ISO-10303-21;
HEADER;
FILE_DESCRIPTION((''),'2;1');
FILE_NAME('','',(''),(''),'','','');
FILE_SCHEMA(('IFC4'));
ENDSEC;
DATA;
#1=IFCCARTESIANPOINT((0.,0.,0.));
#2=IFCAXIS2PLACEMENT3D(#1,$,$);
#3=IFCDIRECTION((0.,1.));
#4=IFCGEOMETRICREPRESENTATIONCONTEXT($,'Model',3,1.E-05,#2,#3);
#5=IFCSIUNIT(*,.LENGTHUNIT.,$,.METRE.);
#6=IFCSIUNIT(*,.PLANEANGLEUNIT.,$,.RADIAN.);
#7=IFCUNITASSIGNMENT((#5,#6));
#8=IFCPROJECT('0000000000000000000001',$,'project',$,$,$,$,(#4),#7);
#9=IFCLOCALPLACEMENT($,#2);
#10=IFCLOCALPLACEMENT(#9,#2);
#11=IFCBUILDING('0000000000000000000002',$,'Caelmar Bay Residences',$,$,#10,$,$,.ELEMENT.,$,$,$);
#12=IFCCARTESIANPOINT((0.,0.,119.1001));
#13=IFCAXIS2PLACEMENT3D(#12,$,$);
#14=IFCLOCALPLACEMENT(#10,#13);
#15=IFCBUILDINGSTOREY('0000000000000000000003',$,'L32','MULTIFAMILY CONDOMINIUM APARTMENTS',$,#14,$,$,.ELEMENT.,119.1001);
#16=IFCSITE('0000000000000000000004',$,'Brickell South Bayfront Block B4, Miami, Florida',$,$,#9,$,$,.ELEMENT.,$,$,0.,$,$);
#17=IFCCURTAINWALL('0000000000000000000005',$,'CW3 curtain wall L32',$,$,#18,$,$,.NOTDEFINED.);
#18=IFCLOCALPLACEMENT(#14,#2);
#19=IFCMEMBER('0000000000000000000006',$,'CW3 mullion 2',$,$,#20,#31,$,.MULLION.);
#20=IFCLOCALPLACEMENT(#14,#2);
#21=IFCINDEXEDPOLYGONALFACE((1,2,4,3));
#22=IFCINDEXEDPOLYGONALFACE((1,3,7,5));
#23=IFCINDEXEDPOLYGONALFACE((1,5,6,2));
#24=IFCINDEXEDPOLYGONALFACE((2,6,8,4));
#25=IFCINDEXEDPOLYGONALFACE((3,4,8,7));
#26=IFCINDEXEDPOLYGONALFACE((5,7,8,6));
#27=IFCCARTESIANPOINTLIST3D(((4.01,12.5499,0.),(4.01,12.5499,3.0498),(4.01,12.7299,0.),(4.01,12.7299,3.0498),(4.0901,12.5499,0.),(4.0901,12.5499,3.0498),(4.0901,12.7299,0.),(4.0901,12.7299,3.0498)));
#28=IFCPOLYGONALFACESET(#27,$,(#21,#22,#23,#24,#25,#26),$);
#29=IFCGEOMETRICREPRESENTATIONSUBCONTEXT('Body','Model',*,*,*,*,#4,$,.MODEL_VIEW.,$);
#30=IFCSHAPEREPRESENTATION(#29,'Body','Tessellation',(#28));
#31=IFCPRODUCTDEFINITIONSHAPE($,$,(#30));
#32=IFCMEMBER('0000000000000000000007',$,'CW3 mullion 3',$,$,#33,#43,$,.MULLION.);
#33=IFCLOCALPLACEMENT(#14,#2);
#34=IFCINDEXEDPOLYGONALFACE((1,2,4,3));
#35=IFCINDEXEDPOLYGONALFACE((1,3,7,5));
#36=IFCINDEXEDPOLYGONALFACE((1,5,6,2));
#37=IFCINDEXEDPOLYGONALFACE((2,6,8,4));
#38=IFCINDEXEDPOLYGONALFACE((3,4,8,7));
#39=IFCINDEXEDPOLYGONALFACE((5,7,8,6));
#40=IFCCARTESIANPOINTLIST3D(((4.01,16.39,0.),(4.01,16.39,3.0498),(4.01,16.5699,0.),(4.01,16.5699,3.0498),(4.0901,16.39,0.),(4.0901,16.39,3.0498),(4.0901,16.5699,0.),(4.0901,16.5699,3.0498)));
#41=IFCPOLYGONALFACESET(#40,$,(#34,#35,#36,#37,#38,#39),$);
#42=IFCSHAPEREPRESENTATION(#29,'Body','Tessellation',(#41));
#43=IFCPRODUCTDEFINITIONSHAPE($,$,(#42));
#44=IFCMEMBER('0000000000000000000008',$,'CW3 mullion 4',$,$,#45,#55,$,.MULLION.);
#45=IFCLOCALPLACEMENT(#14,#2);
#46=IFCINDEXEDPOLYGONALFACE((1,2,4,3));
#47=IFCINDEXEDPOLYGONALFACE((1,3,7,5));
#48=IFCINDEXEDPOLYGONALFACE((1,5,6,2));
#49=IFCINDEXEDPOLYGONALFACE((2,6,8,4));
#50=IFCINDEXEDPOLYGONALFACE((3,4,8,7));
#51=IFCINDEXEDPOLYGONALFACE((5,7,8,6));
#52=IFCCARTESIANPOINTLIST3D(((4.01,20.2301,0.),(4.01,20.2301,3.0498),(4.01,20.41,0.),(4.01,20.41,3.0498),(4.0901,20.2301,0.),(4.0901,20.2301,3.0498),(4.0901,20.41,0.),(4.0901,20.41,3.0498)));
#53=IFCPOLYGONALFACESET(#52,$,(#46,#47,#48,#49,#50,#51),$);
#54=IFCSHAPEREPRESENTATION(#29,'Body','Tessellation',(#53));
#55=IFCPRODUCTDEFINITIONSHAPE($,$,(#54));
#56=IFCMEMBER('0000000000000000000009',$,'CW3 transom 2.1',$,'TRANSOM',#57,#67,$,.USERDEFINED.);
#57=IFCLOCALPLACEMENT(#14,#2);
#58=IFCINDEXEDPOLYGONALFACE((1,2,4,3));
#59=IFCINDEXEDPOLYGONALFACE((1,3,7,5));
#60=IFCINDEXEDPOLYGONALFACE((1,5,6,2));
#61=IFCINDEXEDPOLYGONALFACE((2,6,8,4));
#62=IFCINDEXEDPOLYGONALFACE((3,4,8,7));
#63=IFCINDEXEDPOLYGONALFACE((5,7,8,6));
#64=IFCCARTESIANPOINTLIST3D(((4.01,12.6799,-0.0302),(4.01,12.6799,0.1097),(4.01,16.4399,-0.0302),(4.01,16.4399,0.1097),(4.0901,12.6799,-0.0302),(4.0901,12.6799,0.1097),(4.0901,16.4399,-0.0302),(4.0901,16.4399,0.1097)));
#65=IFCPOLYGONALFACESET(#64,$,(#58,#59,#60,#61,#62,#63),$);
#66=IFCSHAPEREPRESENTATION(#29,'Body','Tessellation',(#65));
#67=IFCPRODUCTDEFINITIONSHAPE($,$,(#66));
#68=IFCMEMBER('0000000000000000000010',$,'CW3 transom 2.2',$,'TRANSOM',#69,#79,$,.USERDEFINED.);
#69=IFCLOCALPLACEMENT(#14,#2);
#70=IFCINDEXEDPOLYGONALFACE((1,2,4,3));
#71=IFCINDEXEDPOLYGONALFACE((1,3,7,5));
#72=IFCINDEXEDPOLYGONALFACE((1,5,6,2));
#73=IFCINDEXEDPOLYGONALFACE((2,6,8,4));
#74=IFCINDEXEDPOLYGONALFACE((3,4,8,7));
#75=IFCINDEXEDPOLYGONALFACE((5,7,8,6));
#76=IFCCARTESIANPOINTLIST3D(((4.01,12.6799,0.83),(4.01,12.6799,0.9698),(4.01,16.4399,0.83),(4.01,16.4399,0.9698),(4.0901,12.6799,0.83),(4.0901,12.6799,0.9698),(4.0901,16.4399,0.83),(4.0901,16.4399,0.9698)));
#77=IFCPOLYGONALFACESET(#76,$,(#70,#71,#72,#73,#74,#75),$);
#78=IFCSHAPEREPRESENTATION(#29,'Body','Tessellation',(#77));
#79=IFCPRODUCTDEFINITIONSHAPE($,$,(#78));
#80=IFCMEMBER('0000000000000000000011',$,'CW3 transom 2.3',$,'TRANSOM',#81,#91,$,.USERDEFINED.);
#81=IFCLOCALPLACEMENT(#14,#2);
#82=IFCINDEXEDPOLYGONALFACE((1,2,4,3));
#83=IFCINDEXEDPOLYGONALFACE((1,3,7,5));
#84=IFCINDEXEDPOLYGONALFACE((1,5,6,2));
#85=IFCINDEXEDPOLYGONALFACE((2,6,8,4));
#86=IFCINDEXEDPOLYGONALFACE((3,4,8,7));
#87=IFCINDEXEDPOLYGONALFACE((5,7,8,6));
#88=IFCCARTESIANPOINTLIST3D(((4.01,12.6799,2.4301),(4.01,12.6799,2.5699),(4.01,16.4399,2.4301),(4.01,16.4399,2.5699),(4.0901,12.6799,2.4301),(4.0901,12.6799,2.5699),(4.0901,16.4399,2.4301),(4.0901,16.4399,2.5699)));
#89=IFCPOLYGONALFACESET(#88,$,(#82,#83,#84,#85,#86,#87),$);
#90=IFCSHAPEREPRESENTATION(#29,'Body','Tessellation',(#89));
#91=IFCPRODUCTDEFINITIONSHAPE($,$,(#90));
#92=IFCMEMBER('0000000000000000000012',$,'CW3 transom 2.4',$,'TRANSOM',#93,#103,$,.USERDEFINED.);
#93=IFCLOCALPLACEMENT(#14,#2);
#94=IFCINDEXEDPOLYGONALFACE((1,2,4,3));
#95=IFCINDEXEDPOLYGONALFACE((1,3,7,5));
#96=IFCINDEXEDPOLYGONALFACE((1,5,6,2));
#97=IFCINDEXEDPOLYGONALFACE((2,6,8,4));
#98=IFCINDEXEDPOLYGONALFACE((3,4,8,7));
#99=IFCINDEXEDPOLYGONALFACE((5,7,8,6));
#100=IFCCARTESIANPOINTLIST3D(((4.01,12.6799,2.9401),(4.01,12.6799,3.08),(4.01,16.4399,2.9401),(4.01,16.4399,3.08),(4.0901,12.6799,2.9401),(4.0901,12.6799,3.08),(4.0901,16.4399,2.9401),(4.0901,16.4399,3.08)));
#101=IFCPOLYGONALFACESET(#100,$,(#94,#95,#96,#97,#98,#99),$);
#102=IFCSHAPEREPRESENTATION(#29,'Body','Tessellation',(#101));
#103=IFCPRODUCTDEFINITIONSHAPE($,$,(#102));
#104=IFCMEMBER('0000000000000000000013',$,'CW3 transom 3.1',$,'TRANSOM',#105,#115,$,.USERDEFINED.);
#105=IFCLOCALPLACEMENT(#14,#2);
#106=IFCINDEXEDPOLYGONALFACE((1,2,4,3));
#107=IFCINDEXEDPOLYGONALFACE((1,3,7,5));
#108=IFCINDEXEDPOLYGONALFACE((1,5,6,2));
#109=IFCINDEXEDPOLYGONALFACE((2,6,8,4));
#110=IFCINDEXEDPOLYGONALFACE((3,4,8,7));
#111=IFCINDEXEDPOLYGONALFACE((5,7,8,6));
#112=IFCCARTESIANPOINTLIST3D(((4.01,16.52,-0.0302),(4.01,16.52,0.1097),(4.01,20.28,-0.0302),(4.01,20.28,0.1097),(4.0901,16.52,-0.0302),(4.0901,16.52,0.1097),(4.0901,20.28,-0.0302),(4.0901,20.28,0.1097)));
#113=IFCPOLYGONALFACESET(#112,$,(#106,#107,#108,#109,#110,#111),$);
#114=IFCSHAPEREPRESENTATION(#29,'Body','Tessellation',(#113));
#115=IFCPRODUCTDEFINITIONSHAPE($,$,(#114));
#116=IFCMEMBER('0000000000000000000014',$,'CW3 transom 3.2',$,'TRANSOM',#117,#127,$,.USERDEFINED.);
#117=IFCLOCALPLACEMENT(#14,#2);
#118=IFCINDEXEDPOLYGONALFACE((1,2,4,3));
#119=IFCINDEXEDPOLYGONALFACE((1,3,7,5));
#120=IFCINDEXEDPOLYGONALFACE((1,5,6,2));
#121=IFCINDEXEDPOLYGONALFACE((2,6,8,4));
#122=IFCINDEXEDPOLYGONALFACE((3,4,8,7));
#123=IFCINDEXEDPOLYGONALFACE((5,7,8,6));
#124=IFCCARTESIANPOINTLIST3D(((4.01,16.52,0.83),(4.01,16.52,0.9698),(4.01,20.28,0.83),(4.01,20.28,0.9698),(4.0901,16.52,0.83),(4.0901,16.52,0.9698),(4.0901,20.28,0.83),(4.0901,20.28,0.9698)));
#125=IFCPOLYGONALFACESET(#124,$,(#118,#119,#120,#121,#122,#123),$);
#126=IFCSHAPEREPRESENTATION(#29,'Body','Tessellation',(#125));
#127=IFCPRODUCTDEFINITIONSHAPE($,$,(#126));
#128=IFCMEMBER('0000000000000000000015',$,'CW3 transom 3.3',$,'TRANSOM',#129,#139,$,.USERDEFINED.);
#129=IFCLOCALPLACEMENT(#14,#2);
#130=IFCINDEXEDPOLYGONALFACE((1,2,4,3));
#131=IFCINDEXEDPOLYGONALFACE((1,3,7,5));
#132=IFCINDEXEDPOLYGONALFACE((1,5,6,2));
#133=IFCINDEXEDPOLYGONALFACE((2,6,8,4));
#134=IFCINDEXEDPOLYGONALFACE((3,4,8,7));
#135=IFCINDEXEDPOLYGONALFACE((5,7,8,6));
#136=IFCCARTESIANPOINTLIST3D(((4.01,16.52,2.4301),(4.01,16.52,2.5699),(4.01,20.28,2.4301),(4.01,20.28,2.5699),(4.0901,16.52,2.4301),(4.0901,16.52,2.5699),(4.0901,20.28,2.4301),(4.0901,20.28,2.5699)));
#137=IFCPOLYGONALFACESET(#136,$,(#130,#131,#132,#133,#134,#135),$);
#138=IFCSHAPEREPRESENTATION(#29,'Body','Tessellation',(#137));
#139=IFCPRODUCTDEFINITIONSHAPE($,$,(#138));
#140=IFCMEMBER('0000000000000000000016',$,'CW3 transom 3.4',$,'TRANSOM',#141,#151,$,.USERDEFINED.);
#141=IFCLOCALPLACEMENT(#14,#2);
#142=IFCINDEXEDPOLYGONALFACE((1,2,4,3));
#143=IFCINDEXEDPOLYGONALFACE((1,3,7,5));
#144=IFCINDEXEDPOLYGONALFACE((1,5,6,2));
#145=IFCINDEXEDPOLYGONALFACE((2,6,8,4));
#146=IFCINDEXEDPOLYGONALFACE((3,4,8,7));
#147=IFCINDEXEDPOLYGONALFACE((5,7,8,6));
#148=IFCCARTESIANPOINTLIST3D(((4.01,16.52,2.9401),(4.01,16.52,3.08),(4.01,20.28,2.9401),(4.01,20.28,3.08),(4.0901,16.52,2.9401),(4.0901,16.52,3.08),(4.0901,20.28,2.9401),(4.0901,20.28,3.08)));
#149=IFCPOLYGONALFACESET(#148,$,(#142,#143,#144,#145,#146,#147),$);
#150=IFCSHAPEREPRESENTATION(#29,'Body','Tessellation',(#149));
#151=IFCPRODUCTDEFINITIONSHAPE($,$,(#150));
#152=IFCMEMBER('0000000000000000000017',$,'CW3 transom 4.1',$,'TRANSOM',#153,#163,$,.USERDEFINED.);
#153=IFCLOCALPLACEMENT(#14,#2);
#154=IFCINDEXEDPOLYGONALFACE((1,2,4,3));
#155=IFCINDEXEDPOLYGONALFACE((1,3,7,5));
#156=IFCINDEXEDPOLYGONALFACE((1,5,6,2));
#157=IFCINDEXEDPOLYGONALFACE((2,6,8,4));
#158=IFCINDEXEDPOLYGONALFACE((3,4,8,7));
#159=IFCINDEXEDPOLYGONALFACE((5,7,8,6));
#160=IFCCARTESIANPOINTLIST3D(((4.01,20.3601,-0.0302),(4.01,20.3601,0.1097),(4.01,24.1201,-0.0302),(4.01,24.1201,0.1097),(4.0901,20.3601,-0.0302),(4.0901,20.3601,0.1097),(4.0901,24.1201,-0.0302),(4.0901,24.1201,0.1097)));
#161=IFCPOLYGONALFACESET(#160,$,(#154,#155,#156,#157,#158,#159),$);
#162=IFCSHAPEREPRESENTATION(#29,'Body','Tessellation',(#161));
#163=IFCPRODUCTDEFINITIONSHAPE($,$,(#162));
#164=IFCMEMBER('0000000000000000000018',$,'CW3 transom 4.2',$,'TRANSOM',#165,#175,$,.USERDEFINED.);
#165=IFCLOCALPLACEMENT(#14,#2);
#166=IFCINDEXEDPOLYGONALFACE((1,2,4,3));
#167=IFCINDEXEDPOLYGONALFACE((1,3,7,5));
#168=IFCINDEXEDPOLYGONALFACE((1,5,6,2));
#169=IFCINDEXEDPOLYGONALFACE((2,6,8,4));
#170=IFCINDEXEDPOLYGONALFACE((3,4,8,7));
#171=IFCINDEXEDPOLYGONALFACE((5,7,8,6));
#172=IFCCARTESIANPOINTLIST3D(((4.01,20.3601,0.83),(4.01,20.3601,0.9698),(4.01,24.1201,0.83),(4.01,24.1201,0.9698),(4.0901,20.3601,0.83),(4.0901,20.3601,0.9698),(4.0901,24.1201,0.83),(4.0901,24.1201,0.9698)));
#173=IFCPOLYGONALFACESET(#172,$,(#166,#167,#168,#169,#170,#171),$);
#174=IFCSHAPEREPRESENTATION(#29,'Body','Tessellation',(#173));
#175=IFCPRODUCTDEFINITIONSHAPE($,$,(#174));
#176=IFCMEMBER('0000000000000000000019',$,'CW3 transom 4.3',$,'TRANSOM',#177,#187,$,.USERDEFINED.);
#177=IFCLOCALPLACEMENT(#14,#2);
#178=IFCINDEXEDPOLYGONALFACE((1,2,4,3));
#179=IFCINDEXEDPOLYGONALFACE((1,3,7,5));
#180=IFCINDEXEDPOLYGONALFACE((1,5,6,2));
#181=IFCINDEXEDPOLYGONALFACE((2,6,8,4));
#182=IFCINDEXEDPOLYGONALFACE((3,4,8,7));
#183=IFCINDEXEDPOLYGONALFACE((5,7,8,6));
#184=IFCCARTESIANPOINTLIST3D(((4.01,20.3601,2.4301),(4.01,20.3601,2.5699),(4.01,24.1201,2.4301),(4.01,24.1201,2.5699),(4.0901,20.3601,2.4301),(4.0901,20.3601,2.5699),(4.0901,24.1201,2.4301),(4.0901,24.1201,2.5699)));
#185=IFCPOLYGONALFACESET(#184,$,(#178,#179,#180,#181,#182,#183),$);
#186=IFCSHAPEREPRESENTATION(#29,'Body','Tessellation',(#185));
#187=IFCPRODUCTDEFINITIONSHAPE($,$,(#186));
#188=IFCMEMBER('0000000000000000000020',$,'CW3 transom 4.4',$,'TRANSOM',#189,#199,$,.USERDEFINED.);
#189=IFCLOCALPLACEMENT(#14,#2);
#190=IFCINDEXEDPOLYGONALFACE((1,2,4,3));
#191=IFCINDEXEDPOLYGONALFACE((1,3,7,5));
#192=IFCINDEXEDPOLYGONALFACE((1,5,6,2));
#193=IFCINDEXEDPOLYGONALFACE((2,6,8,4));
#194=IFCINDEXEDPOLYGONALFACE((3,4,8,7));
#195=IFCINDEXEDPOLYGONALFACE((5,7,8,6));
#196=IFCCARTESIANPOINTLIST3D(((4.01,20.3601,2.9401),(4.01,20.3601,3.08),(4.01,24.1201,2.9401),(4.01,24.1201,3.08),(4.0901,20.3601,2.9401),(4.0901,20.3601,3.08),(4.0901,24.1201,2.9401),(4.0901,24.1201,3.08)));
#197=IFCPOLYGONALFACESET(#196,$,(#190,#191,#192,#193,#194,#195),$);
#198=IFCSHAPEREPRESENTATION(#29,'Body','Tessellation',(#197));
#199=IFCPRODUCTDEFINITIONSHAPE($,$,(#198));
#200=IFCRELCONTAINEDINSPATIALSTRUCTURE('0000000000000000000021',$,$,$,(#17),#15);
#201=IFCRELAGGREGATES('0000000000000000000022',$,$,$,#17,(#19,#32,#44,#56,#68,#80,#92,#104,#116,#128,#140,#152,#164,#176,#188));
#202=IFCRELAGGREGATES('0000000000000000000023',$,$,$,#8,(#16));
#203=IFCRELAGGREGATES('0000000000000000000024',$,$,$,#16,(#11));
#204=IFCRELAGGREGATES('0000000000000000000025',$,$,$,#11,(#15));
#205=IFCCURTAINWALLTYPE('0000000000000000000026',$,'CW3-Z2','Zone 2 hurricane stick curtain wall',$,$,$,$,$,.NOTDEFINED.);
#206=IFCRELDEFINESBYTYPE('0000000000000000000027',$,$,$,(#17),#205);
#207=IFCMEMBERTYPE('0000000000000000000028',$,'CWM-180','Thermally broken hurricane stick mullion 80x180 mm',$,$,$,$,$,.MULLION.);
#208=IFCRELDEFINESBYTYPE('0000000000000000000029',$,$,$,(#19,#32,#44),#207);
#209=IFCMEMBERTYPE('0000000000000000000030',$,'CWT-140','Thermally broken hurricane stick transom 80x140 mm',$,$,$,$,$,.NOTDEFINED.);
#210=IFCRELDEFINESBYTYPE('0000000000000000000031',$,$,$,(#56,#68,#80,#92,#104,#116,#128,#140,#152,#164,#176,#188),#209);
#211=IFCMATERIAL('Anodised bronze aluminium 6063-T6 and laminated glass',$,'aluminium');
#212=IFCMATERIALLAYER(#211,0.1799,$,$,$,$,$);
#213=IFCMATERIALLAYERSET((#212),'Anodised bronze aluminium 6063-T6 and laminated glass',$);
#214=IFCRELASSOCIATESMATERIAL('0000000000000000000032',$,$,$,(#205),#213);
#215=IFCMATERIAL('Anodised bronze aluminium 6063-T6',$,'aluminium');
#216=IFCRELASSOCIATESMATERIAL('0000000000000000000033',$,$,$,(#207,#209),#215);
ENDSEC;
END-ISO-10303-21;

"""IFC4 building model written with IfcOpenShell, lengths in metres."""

from ifc_helpers import new_model, si_unit, direction, frame, origin, origin_2d, place, context, subcontext, project, spatial, rectangle, extrude, material, layer, layer_set, material_profile, profile_set, type_object, element, aggregate, save


model = new_model("IFC4")

# Units and contexts
model_context = context("Model", 3, precision=1e-05, world=origin(), true_north=direction((0.0, 1.0)))
body_context = subcontext(model_context, "Body", "Model", "MODEL_VIEW")
ifc_project = project(units=[si_unit("LENGTHUNIT", "METRE"), si_unit("PLANEANGLEUNIT", "RADIAN")], contexts=[model_context])

# Site, building, storey
site_placement = place(None, origin())
site = spatial("IfcSite", under=ifc_project, at=site_placement, Name="Brickell South Bayfront Block B4, Miami, Florida", CompositionType="ELEMENT", RefElevation=0.0)
building_placement = place(site_placement, origin())
building = spatial("IfcBuilding", under=site, at=building_placement, Name="Caelmar Bay Residences", CompositionType="ELEMENT")
storey_placement = place(building_placement, frame((0.0, 0.0, 119.1001)))
storey = spatial("IfcBuildingStorey", under=building, at=storey_placement, Name="L32", Description="MULTIFAMILY CONDOMINIUM APARTMENTS", CompositionType="ELEMENT", Elevation=119.1001)

# Curtain wall, members
ifc_material_1 = material(Name="Anodised bronze aluminium 6063-T6 and laminated glass", Category="aluminium")
ifc_layer_1 = layer(ifc_material_1, 0.1799)
ifc_layer_set_1 = layer_set([ifc_layer_1], Name="Anodised bronze aluminium 6063-T6 and laminated glass")
curtain_wall_type = type_object("IfcCurtainWallType", Name="CW3-Z2", Description="Zone 2 hurricane stick curtain wall", PredefinedType="NOTDEFINED", material=ifc_layer_set_1)
curtain_wall_placement = place(storey_placement, origin())
curtain_wall = element("IfcCurtainWall", 1, at=curtain_wall_placement, inside=storey, type_object=curtain_wall_type, Name="CW3 curtain wall L32", PredefinedType="NOTDEFINED")
ifc_material_2 = material(Name="Anodised bronze aluminium 6063-T6", Category="aluminium")
ifc_material_profile_1 = material_profile(ifc_material_2, rectangle(XDim=0.0801, YDim=0.1799, at=origin_2d()), Name="CWM-80X180")
ifc_profile_set_1 = profile_set([ifc_material_profile_1], Name="Anodised bronze aluminium 6063-T6")
member_type_1 = type_object("IfcMemberType", Name="CWM-180", Description="Thermally broken hurricane stick mullion 80x180 mm", PredefinedType="MULLION", material=ifc_profile_set_1)
member_1_placement = place(storey_placement, frame((4.05, 12.6399, 0.0), z_axis=(0.0, 0.0, 1.0), x_axis=(-1.0, 0.0, 0.0)))
member_1 = element("IfcMember", 2, at=member_1_placement, type_object=member_type_1, Name="CW3 mullion 2", PredefinedType="MULLION", context=body_context, shape_type="SweptSolid", body=[
    extrude(rectangle(XDim=0.0801, YDim=0.1799, at=origin_2d()), origin(), (0.0, 0.0, 1.0), 3.0498),
])
member_2_placement = place(storey_placement, frame((4.05, 16.48, 0.0), z_axis=(0.0, 0.0, 1.0), x_axis=(-1.0, 0.0, 0.0)))
member_2 = element("IfcMember", 3, at=member_2_placement, type_object=member_type_1, Name="CW3 mullion 3", PredefinedType="MULLION", context=body_context, shape_type="SweptSolid", body=[
    extrude(rectangle(XDim=0.0801, YDim=0.1799, at=origin_2d()), origin(), (0.0, 0.0, 1.0), 3.0498),
])
member_3_placement = place(storey_placement, frame((4.05, 20.3201, 0.0), z_axis=(0.0, 0.0, 1.0), x_axis=(-1.0, 0.0, 0.0)))
member_3 = element("IfcMember", 4, at=member_3_placement, type_object=member_type_1, Name="CW3 mullion 4", PredefinedType="MULLION", context=body_context, shape_type="SweptSolid", body=[
    extrude(rectangle(XDim=0.0801, YDim=0.1799, at=origin_2d()), origin(), (0.0, 0.0, 1.0), 3.0498),
])
ifc_material_profile_2 = material_profile(ifc_material_2, rectangle(XDim=0.0801, YDim=0.1399, at=origin_2d()), Name="CWT-80X140")
ifc_profile_set_2 = profile_set([ifc_material_profile_2], Name="Anodised bronze aluminium 6063-T6")
member_type_2 = type_object("IfcMemberType", Name="CWT-140", Description="Thermally broken hurricane stick transom 80x140 mm", PredefinedType="NOTDEFINED", material=ifc_profile_set_2)
member_4_placement = place(storey_placement, frame((4.05, 12.6799, 0.0398), z_axis=(0.0, 1.0, 0.0), x_axis=(-1.0, 0.0, 0.0)))
member_4 = element("IfcMember", 5, at=member_4_placement, type_object=member_type_2, Name="CW3 transom 2.1", ObjectType="TRANSOM", PredefinedType="USERDEFINED", context=body_context, shape_type="SweptSolid", body=[
    extrude(rectangle(XDim=0.0801, YDim=0.1399, at=origin_2d()), origin(), (0.0, 0.0, 1.0), 3.76),
])
member_5_placement = place(storey_placement, frame((4.05, 12.6799, 0.8999), z_axis=(0.0, 1.0, 0.0), x_axis=(-1.0, 0.0, 0.0)))
member_5 = element("IfcMember", 6, at=member_5_placement, type_object=member_type_2, Name="CW3 transom 2.2", ObjectType="TRANSOM", PredefinedType="USERDEFINED", context=body_context, shape_type="SweptSolid", body=[
    extrude(rectangle(XDim=0.0801, YDim=0.1399, at=origin_2d()), origin(), (0.0, 0.0, 1.0), 3.76),
])
member_6_placement = place(storey_placement, frame((4.05, 12.6799, 2.5), z_axis=(0.0, 1.0, 0.0), x_axis=(-1.0, 0.0, 0.0)))
member_6 = element("IfcMember", 7, at=member_6_placement, type_object=member_type_2, Name="CW3 transom 2.3", ObjectType="TRANSOM", PredefinedType="USERDEFINED", context=body_context, shape_type="SweptSolid", body=[
    extrude(rectangle(XDim=0.0801, YDim=0.1399, at=origin_2d()), origin(), (0.0, 0.0, 1.0), 3.76),
])
member_7_placement = place(storey_placement, frame((4.05, 12.6799, 3.01), z_axis=(0.0, 1.0, 0.0), x_axis=(-1.0, 0.0, 0.0)))
member_7 = element("IfcMember", 8, at=member_7_placement, type_object=member_type_2, Name="CW3 transom 2.4", ObjectType="TRANSOM", PredefinedType="USERDEFINED", context=body_context, shape_type="SweptSolid", body=[
    extrude(rectangle(XDim=0.0801, YDim=0.1399, at=origin_2d()), origin(), (0.0, 0.0, 1.0), 3.76),
])
member_8_placement = place(storey_placement, frame((4.05, 16.52, 0.0398), z_axis=(0.0, 1.0, 0.0), x_axis=(-1.0, 0.0, 0.0)))
member_8 = element("IfcMember", 9, at=member_8_placement, type_object=member_type_2, Name="CW3 transom 3.1", ObjectType="TRANSOM", PredefinedType="USERDEFINED", context=body_context, shape_type="SweptSolid", body=[
    extrude(rectangle(XDim=0.0801, YDim=0.1399, at=origin_2d()), origin(), (0.0, 0.0, 1.0), 3.76),
])
member_9_placement = place(storey_placement, frame((4.05, 16.52, 0.8999), z_axis=(0.0, 1.0, 0.0), x_axis=(-1.0, 0.0, 0.0)))
member_9 = element("IfcMember", 10, at=member_9_placement, type_object=member_type_2, Name="CW3 transom 3.2", ObjectType="TRANSOM", PredefinedType="USERDEFINED", context=body_context, shape_type="SweptSolid", body=[
    extrude(rectangle(XDim=0.0801, YDim=0.1399, at=origin_2d()), origin(), (0.0, 0.0, 1.0), 3.76),
])
member_10_placement = place(storey_placement, frame((4.05, 16.52, 2.5), z_axis=(0.0, 1.0, 0.0), x_axis=(-1.0, 0.0, 0.0)))
member_10 = element("IfcMember", 11, at=member_10_placement, type_object=member_type_2, Name="CW3 transom 3.3", ObjectType="TRANSOM", PredefinedType="USERDEFINED", context=body_context, shape_type="SweptSolid", body=[
    extrude(rectangle(XDim=0.0801, YDim=0.1399, at=origin_2d()), origin(), (0.0, 0.0, 1.0), 3.76),
])
member_11_placement = place(storey_placement, frame((4.05, 16.52, 3.01), z_axis=(0.0, 1.0, 0.0), x_axis=(-1.0, 0.0, 0.0)))
member_11 = element("IfcMember", 12, at=member_11_placement, type_object=member_type_2, Name="CW3 transom 3.4", ObjectType="TRANSOM", PredefinedType="USERDEFINED", context=body_context, shape_type="SweptSolid", body=[
    extrude(rectangle(XDim=0.0801, YDim=0.1399, at=origin_2d()), origin(), (0.0, 0.0, 1.0), 3.76),
])
member_12_placement = place(storey_placement, frame((4.05, 20.3601, 0.0398), z_axis=(0.0, 1.0, 0.0), x_axis=(-1.0, 0.0, 0.0)))
member_12 = element("IfcMember", 13, at=member_12_placement, type_object=member_type_2, Name="CW3 transom 4.1", ObjectType="TRANSOM", PredefinedType="USERDEFINED", context=body_context, shape_type="SweptSolid", body=[
    extrude(rectangle(XDim=0.0801, YDim=0.1399, at=origin_2d()), origin(), (0.0, 0.0, 1.0), 3.76),
])
member_13_placement = place(storey_placement, frame((4.05, 20.3601, 0.8999), z_axis=(0.0, 1.0, 0.0), x_axis=(-1.0, 0.0, 0.0)))
member_13 = element("IfcMember", 14, at=member_13_placement, type_object=member_type_2, Name="CW3 transom 4.2", ObjectType="TRANSOM", PredefinedType="USERDEFINED", context=body_context, shape_type="SweptSolid", body=[
    extrude(rectangle(XDim=0.0801, YDim=0.1399, at=origin_2d()), origin(), (0.0, 0.0, 1.0), 3.76),
])
member_14_placement = place(storey_placement, frame((4.05, 20.3601, 2.5), z_axis=(0.0, 1.0, 0.0), x_axis=(-1.0, 0.0, 0.0)))
member_14 = element("IfcMember", 15, at=member_14_placement, type_object=member_type_2, Name="CW3 transom 4.3", ObjectType="TRANSOM", PredefinedType="USERDEFINED", context=body_context, shape_type="SweptSolid", body=[
    extrude(rectangle(XDim=0.0801, YDim=0.1399, at=origin_2d()), origin(), (0.0, 0.0, 1.0), 3.76),
])
member_15_placement = place(storey_placement, frame((4.05, 20.3601, 3.01), z_axis=(0.0, 1.0, 0.0), x_axis=(-1.0, 0.0, 0.0)))
member_15 = element("IfcMember", 16, at=member_15_placement, type_object=member_type_2, Name="CW3 transom 4.4", ObjectType="TRANSOM", PredefinedType="USERDEFINED", context=body_context, shape_type="SweptSolid", body=[
    extrude(rectangle(XDim=0.0801, YDim=0.1399, at=origin_2d()), origin(), (0.0, 0.0, 1.0), 3.76),
])
aggregate(curtain_wall, [member_1, member_2, member_3, member_4, member_5, member_6, member_7, member_8, member_9, member_10, member_11, member_12, member_13, member_14, member_15])

save(model, "model.ifc")
